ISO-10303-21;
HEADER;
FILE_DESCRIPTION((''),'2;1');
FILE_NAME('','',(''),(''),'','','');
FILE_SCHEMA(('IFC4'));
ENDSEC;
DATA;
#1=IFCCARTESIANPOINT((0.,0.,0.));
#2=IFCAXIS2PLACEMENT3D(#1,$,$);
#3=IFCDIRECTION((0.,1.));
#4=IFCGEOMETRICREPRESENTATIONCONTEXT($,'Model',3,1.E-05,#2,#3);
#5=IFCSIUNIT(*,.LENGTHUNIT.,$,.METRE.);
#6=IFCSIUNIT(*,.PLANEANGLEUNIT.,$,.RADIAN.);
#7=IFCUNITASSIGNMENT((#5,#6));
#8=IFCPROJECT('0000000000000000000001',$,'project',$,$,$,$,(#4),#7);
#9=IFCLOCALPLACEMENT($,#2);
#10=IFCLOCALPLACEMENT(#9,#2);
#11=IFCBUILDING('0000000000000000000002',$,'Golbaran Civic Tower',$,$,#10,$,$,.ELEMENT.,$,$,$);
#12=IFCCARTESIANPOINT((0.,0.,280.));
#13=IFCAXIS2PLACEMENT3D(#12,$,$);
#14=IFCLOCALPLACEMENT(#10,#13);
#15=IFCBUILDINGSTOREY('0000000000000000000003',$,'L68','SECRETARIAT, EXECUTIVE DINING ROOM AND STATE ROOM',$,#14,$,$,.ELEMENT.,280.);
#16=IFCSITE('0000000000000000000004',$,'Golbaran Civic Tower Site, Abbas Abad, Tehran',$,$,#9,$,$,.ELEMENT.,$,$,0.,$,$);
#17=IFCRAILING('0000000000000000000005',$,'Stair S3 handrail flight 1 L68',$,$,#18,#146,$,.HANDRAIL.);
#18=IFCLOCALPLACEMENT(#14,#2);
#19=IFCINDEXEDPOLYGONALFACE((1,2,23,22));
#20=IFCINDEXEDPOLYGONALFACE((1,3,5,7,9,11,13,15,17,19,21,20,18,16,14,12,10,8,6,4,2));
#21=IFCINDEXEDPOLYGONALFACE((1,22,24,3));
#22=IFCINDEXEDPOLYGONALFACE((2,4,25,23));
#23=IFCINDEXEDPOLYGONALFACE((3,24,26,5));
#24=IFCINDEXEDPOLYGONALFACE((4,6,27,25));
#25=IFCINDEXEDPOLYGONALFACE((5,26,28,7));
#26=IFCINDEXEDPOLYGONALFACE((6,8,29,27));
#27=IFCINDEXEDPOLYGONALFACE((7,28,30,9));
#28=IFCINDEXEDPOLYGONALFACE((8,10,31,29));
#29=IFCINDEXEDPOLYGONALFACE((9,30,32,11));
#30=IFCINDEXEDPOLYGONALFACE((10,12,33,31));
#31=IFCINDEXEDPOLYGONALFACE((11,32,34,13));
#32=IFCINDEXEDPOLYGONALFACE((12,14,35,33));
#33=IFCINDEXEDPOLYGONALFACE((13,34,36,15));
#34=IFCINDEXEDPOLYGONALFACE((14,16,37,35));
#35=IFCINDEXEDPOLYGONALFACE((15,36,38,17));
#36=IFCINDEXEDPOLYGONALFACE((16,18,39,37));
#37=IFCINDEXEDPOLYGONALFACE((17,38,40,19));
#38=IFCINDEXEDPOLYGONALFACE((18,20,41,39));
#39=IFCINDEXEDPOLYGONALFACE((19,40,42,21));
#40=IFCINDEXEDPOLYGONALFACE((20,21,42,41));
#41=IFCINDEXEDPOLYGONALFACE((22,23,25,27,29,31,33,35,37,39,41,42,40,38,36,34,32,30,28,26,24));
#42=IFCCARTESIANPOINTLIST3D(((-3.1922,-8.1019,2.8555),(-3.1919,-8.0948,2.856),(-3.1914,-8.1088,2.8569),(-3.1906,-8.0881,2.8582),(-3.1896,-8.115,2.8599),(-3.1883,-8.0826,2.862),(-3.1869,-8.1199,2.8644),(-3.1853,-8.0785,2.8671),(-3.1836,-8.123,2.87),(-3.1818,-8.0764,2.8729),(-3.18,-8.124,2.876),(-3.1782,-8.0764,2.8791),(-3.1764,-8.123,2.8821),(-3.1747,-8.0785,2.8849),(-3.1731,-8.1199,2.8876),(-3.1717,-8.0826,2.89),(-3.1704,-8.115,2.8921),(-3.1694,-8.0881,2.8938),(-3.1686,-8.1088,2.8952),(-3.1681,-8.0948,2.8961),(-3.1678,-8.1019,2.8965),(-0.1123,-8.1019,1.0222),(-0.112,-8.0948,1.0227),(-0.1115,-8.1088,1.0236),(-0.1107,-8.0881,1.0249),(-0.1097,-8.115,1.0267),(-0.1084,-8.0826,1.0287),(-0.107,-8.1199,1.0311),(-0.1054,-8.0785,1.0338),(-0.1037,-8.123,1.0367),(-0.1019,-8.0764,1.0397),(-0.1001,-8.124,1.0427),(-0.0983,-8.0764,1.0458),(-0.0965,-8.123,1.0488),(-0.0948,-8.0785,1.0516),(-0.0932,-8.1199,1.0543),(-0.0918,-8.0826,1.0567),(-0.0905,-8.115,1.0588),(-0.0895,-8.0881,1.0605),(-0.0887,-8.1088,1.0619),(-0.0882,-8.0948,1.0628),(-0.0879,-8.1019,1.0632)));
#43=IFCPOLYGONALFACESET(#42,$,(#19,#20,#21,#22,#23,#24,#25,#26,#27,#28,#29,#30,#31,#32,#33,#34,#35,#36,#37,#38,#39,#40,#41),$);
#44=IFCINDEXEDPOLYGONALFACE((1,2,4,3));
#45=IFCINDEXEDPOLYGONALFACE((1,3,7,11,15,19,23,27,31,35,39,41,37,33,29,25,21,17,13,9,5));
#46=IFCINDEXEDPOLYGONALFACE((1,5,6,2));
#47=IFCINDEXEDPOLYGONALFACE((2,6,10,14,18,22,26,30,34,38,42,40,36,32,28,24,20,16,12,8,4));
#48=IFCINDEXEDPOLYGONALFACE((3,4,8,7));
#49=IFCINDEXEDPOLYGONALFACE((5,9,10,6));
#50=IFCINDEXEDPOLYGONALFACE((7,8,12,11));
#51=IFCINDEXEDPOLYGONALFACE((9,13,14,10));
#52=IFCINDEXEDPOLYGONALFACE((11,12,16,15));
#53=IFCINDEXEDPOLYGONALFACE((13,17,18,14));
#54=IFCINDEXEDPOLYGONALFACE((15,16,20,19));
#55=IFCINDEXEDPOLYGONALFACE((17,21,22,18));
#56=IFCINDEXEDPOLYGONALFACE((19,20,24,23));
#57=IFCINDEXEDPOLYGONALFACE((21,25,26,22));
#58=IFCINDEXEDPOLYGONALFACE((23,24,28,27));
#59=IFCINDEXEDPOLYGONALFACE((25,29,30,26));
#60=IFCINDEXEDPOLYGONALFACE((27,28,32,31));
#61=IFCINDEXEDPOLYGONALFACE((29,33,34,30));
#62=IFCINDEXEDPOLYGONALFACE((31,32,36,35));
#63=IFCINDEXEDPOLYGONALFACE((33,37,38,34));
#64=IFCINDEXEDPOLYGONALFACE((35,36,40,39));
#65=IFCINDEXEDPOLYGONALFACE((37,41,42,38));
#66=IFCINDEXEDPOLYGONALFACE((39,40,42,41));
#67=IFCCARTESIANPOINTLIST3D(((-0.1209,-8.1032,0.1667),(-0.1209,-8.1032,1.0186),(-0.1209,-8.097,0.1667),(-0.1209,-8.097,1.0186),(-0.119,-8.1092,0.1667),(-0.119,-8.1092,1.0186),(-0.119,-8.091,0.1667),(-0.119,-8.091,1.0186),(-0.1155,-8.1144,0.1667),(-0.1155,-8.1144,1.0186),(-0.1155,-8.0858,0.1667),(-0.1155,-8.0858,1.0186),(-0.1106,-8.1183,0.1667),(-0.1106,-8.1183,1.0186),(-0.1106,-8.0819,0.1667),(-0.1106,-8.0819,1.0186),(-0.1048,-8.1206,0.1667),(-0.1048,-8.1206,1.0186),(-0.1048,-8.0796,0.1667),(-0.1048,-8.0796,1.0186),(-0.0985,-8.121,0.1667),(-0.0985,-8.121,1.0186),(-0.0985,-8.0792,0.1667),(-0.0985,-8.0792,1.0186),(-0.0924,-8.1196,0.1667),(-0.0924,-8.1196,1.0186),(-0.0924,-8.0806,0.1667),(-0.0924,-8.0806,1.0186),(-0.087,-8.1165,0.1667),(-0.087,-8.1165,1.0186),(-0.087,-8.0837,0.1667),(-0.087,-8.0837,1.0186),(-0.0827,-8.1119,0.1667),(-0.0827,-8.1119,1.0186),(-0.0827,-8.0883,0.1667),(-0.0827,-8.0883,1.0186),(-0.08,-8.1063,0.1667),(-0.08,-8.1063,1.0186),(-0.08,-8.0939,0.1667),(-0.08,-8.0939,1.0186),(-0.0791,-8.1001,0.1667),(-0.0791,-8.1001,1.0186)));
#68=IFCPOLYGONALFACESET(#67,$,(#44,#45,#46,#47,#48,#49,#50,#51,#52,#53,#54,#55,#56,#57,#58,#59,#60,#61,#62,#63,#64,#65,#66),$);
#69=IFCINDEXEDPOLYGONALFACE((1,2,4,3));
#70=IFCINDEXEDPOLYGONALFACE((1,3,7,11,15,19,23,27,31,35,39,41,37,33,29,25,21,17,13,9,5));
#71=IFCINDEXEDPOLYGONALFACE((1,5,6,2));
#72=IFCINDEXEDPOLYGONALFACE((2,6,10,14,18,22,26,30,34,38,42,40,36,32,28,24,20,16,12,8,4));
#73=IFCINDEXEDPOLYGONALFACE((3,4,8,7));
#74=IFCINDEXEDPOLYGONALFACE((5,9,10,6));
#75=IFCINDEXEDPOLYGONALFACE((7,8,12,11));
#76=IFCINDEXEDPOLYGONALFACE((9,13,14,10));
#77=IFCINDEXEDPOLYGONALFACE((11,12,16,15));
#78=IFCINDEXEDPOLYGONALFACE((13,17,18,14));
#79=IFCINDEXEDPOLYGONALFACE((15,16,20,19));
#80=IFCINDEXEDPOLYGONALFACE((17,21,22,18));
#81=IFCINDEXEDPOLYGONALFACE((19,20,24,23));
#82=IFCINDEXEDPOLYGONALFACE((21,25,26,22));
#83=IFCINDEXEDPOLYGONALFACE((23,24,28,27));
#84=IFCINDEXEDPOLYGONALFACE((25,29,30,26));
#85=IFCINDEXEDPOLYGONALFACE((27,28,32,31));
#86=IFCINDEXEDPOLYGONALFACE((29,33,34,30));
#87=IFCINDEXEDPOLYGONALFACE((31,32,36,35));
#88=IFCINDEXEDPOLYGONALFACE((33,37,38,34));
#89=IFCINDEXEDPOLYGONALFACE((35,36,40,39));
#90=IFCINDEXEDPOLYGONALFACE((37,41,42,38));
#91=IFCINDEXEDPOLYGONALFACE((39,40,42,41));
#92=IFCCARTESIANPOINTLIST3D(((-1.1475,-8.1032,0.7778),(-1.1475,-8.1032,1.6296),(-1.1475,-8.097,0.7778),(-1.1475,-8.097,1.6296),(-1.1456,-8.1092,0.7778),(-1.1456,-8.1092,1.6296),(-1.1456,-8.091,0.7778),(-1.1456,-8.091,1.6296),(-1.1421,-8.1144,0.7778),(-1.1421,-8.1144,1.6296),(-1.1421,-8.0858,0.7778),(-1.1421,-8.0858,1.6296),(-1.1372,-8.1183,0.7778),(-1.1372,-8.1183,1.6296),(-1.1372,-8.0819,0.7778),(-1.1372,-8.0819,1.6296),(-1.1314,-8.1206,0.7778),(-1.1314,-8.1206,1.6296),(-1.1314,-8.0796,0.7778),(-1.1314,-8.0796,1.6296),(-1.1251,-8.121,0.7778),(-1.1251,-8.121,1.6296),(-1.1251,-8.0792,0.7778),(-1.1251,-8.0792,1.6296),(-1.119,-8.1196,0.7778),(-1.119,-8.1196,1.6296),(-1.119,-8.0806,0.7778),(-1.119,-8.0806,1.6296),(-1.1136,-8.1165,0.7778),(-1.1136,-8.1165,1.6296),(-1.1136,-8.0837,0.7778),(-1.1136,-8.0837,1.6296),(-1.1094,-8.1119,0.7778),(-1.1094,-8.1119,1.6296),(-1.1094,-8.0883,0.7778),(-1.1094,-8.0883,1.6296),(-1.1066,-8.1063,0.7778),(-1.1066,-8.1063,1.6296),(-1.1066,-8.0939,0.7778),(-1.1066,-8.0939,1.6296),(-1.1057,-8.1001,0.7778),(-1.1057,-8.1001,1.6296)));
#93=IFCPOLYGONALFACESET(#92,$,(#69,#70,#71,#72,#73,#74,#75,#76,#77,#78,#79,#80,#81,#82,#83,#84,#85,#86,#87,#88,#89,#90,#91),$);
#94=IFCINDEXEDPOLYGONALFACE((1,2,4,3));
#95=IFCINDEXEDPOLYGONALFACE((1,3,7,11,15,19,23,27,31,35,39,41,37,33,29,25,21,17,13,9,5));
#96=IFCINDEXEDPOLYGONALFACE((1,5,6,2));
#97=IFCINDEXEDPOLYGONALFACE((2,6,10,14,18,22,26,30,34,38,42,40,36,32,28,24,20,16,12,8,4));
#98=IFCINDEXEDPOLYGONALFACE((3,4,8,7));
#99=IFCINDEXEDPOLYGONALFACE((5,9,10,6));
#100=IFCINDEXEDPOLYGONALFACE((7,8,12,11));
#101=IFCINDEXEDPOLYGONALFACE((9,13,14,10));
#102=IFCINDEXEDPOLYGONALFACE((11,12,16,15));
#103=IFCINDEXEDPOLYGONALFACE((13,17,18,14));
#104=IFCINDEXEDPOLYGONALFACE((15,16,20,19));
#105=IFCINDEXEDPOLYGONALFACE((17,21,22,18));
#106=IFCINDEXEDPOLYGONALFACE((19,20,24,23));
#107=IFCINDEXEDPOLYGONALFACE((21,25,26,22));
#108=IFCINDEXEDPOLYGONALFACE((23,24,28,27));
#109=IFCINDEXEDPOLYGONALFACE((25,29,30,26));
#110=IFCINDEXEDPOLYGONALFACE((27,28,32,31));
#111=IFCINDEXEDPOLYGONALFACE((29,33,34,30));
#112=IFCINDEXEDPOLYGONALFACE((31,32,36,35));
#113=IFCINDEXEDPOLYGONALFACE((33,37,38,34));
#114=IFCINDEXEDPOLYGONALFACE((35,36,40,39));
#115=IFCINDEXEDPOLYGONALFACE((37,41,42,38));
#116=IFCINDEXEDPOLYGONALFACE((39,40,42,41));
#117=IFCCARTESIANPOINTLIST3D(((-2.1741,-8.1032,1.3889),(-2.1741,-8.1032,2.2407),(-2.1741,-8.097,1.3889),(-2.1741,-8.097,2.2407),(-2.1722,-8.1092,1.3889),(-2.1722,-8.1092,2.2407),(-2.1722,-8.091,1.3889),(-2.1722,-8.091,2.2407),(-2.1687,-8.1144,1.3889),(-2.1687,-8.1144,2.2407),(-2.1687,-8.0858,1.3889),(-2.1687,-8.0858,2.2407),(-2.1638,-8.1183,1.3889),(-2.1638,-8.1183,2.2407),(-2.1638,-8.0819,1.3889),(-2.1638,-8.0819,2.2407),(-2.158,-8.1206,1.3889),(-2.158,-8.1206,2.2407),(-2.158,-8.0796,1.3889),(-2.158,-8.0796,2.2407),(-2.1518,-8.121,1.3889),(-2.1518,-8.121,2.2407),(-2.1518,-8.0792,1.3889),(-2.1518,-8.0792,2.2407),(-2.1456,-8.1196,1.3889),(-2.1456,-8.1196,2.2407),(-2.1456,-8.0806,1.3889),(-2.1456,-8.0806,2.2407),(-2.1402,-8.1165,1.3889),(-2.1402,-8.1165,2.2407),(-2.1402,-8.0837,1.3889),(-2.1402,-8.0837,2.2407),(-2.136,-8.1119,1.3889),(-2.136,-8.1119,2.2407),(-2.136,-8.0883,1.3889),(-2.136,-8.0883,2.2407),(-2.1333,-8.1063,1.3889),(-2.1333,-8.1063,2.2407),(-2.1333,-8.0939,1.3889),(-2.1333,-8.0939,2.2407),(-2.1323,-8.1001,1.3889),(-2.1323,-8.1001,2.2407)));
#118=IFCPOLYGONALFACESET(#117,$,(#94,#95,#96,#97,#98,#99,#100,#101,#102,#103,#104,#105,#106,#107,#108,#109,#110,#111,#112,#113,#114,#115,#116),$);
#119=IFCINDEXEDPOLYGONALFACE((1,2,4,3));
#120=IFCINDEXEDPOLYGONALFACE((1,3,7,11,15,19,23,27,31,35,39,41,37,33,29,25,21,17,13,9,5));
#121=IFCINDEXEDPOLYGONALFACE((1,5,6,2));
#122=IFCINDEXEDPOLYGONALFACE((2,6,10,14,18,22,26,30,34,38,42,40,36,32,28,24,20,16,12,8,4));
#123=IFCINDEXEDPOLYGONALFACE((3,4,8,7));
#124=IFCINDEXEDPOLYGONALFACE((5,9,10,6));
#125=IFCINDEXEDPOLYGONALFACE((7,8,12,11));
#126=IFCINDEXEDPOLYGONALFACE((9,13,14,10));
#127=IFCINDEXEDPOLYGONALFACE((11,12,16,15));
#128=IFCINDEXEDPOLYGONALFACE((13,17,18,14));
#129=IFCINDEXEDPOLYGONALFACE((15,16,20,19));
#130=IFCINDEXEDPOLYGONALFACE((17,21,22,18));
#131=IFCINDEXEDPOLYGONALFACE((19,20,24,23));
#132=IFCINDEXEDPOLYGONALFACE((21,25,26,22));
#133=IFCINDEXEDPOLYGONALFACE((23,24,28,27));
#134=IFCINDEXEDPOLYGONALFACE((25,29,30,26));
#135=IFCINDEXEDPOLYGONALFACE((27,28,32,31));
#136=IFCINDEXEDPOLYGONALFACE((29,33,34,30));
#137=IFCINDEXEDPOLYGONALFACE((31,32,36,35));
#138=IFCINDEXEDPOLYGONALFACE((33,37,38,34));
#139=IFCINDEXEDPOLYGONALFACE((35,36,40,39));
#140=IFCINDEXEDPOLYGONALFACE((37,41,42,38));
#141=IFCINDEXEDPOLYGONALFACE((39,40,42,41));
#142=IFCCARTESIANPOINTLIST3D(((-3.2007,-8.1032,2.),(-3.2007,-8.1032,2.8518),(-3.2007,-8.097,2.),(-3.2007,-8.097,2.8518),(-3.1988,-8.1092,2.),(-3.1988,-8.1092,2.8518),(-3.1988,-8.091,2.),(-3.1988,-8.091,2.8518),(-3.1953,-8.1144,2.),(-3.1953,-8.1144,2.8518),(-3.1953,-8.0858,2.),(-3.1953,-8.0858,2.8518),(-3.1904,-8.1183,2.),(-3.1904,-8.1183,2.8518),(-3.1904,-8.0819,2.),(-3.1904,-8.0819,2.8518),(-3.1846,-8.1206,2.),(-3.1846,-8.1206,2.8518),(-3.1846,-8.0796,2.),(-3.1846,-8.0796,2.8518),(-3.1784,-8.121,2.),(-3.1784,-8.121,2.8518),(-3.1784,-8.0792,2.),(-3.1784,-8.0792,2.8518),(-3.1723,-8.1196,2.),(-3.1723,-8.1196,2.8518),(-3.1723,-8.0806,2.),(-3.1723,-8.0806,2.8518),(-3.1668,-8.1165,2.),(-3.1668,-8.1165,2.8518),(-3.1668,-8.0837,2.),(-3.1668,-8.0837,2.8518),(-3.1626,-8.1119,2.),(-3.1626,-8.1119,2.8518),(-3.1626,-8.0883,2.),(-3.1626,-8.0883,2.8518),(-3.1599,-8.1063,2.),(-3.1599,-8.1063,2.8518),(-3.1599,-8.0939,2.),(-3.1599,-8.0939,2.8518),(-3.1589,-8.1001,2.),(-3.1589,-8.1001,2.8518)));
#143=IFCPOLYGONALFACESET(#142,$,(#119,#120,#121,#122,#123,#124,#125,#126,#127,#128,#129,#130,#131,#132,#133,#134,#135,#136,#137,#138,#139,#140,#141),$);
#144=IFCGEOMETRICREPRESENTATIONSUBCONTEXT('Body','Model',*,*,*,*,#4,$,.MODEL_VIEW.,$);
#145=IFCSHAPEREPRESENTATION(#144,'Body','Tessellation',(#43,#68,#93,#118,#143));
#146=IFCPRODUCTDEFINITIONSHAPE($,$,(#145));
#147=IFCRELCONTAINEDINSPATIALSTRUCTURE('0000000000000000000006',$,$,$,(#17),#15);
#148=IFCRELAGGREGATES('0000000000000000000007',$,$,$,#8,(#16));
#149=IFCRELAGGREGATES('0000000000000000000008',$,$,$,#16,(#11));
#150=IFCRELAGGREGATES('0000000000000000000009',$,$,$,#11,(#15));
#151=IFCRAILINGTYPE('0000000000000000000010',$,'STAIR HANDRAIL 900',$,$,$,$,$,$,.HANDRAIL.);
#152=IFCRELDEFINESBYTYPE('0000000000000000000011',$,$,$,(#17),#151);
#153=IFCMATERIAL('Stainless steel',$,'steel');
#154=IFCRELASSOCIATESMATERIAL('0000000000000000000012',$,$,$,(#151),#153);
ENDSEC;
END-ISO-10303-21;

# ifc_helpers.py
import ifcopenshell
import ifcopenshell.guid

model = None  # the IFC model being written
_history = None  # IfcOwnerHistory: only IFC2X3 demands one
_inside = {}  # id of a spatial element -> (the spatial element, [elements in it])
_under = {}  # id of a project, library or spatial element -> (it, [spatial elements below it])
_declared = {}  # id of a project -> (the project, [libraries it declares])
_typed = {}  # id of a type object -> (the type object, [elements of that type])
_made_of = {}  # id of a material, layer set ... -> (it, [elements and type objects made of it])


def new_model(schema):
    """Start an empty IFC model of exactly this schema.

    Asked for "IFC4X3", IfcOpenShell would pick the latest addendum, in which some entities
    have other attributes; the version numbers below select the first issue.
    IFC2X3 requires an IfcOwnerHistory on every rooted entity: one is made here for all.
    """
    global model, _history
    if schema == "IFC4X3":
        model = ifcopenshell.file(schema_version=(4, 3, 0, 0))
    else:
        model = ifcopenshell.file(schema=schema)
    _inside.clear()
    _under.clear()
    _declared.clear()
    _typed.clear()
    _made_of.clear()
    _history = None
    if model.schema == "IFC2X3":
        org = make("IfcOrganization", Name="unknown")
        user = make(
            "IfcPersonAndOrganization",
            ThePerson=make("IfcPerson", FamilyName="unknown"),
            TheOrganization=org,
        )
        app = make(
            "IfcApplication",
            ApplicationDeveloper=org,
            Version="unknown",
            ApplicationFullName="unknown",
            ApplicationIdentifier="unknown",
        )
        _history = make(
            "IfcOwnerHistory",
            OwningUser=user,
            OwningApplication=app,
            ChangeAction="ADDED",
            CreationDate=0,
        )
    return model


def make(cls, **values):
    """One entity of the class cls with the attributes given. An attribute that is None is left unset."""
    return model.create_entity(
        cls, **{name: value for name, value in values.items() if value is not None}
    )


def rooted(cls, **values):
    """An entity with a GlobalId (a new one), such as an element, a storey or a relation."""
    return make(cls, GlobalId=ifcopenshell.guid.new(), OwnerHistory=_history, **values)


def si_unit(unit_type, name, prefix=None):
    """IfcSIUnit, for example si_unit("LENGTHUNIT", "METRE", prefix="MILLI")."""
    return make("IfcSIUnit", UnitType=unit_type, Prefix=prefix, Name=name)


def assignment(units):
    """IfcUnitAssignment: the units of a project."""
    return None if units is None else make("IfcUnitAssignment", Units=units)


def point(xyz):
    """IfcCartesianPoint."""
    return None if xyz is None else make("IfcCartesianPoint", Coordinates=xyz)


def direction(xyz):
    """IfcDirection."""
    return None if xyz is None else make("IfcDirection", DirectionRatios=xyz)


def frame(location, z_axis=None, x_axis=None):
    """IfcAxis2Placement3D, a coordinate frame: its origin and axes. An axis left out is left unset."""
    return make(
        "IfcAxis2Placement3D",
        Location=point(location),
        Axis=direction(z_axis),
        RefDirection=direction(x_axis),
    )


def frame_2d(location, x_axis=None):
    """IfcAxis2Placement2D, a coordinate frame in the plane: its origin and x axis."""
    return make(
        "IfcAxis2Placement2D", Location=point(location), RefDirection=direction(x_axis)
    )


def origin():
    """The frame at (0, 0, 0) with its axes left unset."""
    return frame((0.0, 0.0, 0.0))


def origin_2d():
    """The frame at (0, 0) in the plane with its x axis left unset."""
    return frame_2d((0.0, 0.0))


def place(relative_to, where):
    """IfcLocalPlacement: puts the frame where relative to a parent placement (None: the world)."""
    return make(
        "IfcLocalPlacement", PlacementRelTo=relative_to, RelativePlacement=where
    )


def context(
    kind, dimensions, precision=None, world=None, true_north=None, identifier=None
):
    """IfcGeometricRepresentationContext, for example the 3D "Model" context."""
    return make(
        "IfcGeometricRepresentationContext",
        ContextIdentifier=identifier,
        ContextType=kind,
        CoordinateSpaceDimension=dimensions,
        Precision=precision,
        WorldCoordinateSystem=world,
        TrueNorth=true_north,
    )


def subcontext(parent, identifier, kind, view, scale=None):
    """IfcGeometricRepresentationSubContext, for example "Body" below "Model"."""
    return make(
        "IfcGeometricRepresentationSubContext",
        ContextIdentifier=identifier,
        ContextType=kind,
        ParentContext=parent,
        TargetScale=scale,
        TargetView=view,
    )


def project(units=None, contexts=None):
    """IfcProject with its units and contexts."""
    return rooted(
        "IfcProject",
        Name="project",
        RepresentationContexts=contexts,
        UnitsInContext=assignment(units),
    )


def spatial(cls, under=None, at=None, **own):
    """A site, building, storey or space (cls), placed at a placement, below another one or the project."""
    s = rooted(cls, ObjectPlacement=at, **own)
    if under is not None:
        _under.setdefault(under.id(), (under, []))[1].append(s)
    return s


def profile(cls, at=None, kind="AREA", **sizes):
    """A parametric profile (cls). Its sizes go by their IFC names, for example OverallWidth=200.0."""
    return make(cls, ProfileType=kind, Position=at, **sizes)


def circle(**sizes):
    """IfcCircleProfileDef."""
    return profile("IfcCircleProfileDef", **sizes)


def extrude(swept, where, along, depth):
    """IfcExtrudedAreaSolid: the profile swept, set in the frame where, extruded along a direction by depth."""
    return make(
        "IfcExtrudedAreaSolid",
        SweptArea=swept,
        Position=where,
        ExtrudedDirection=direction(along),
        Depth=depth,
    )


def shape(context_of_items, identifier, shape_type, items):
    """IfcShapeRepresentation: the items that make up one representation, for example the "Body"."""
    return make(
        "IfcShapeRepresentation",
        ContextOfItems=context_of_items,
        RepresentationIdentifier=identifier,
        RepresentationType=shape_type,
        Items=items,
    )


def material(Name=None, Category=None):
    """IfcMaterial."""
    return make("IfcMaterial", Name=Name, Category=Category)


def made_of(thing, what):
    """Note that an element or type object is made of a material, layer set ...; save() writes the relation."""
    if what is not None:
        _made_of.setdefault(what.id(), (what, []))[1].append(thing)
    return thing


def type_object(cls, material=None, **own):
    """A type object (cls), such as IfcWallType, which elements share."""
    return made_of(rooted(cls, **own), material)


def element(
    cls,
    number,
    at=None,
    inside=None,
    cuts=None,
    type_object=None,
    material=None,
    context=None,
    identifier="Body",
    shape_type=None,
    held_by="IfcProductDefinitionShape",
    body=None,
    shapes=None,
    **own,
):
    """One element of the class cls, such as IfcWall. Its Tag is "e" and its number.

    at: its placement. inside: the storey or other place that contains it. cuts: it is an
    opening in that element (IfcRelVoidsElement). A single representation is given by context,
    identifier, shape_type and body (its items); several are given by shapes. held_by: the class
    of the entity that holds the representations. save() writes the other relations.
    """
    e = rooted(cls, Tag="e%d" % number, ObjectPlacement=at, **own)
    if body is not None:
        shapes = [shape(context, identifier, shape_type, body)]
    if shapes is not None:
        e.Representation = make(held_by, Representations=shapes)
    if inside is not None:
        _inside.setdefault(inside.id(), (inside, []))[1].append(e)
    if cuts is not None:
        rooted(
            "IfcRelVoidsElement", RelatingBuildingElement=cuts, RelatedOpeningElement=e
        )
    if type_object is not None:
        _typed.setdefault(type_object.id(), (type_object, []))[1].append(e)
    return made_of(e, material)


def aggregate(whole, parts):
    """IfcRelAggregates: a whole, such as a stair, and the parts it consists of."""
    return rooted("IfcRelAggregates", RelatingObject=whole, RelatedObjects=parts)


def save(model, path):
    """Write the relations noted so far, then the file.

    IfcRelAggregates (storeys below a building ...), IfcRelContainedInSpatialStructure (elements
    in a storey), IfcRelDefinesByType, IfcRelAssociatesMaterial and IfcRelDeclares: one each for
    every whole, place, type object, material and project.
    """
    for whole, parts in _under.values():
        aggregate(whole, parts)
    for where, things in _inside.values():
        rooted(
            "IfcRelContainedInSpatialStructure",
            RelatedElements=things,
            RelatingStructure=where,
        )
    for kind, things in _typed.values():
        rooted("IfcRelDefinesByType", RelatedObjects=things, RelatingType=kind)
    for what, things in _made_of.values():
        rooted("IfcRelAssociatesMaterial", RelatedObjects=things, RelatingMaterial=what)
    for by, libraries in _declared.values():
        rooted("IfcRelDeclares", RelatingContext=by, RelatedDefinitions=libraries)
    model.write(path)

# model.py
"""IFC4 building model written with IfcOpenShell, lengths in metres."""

from ifc_helpers import new_model, si_unit, direction, frame, origin, origin_2d, place, context, subcontext, project, spatial, circle, extrude, material, type_object, element, save


model = new_model("IFC4")

# Units and contexts
model_context = context("Model", 3, precision=1e-05, world=origin(), true_north=direction((0.0, 1.0)))
body_context = subcontext(model_context, "Body", "Model", "MODEL_VIEW")
ifc_project = project(units=[si_unit("LENGTHUNIT", "METRE"), si_unit("PLANEANGLEUNIT", "RADIAN")], contexts=[model_context])

# Site, building, storey
site_placement = place(None, origin())
site = spatial("IfcSite", under=ifc_project, at=site_placement, Name="Golbaran Civic Tower Site, Abbas Abad, Tehran", CompositionType="ELEMENT", RefElevation=0.0)
building_placement = place(site_placement, origin())
building = spatial("IfcBuilding", under=site, at=building_placement, Name="Golbaran Civic Tower", CompositionType="ELEMENT")
storey_placement = place(building_placement, frame((0.0, 0.0, 280.0)))
storey = spatial("IfcBuildingStorey", under=building, at=storey_placement, Name="L68", Description="SECRETARIAT, EXECUTIVE DINING ROOM AND STATE ROOM", CompositionType="ELEMENT", Elevation=280.0)

# Shared definitions
ifc_material_1 = material(Name="Stainless steel", Category="steel")

# Railing
railing_type = type_object("IfcRailingType", Name="STAIR HANDRAIL 900", PredefinedType="HANDRAIL", material=ifc_material_1)
railing_1_placement = place(storey_placement, frame((-0.1001, -8.1001, 0.1667)))
element("IfcRailing", 1, at=railing_1_placement, inside=storey, type_object=railing_type, Name="Stair S3 handrail flight 1 L68", PredefinedType="HANDRAIL", context=body_context, shape_type="SweptSolid", body=[
    extrude(circle(Radius=0.0239, at=origin_2d()), frame((0.0, 0.0, 0.876), z_axis=(-0.859291, 0.0, 0.511487), x_axis=(0.0, -1.0, 0.0)), (0.0, 0.0, 1.0), 3.5842),
    extrude(circle(Radius=0.021, at=origin_2d()), origin(), (0.0, 0.0, 1.0), 0.8518),
    extrude(circle(Radius=0.021, at=origin_2d()), frame((-1.0266, 0.0, 0.6111)), (0.0, 0.0, 1.0), 0.8518),
    extrude(circle(Radius=0.021, at=origin_2d()), frame((-2.0532, 0.0, 1.2222)), (0.0, 0.0, 1.0), 0.8518),
    extrude(circle(Radius=0.021, at=origin_2d()), frame((-3.0798, 0.0, 1.8333)), (0.0, 0.0, 1.0), 0.8518),
])

save(model, "model.ifc")
